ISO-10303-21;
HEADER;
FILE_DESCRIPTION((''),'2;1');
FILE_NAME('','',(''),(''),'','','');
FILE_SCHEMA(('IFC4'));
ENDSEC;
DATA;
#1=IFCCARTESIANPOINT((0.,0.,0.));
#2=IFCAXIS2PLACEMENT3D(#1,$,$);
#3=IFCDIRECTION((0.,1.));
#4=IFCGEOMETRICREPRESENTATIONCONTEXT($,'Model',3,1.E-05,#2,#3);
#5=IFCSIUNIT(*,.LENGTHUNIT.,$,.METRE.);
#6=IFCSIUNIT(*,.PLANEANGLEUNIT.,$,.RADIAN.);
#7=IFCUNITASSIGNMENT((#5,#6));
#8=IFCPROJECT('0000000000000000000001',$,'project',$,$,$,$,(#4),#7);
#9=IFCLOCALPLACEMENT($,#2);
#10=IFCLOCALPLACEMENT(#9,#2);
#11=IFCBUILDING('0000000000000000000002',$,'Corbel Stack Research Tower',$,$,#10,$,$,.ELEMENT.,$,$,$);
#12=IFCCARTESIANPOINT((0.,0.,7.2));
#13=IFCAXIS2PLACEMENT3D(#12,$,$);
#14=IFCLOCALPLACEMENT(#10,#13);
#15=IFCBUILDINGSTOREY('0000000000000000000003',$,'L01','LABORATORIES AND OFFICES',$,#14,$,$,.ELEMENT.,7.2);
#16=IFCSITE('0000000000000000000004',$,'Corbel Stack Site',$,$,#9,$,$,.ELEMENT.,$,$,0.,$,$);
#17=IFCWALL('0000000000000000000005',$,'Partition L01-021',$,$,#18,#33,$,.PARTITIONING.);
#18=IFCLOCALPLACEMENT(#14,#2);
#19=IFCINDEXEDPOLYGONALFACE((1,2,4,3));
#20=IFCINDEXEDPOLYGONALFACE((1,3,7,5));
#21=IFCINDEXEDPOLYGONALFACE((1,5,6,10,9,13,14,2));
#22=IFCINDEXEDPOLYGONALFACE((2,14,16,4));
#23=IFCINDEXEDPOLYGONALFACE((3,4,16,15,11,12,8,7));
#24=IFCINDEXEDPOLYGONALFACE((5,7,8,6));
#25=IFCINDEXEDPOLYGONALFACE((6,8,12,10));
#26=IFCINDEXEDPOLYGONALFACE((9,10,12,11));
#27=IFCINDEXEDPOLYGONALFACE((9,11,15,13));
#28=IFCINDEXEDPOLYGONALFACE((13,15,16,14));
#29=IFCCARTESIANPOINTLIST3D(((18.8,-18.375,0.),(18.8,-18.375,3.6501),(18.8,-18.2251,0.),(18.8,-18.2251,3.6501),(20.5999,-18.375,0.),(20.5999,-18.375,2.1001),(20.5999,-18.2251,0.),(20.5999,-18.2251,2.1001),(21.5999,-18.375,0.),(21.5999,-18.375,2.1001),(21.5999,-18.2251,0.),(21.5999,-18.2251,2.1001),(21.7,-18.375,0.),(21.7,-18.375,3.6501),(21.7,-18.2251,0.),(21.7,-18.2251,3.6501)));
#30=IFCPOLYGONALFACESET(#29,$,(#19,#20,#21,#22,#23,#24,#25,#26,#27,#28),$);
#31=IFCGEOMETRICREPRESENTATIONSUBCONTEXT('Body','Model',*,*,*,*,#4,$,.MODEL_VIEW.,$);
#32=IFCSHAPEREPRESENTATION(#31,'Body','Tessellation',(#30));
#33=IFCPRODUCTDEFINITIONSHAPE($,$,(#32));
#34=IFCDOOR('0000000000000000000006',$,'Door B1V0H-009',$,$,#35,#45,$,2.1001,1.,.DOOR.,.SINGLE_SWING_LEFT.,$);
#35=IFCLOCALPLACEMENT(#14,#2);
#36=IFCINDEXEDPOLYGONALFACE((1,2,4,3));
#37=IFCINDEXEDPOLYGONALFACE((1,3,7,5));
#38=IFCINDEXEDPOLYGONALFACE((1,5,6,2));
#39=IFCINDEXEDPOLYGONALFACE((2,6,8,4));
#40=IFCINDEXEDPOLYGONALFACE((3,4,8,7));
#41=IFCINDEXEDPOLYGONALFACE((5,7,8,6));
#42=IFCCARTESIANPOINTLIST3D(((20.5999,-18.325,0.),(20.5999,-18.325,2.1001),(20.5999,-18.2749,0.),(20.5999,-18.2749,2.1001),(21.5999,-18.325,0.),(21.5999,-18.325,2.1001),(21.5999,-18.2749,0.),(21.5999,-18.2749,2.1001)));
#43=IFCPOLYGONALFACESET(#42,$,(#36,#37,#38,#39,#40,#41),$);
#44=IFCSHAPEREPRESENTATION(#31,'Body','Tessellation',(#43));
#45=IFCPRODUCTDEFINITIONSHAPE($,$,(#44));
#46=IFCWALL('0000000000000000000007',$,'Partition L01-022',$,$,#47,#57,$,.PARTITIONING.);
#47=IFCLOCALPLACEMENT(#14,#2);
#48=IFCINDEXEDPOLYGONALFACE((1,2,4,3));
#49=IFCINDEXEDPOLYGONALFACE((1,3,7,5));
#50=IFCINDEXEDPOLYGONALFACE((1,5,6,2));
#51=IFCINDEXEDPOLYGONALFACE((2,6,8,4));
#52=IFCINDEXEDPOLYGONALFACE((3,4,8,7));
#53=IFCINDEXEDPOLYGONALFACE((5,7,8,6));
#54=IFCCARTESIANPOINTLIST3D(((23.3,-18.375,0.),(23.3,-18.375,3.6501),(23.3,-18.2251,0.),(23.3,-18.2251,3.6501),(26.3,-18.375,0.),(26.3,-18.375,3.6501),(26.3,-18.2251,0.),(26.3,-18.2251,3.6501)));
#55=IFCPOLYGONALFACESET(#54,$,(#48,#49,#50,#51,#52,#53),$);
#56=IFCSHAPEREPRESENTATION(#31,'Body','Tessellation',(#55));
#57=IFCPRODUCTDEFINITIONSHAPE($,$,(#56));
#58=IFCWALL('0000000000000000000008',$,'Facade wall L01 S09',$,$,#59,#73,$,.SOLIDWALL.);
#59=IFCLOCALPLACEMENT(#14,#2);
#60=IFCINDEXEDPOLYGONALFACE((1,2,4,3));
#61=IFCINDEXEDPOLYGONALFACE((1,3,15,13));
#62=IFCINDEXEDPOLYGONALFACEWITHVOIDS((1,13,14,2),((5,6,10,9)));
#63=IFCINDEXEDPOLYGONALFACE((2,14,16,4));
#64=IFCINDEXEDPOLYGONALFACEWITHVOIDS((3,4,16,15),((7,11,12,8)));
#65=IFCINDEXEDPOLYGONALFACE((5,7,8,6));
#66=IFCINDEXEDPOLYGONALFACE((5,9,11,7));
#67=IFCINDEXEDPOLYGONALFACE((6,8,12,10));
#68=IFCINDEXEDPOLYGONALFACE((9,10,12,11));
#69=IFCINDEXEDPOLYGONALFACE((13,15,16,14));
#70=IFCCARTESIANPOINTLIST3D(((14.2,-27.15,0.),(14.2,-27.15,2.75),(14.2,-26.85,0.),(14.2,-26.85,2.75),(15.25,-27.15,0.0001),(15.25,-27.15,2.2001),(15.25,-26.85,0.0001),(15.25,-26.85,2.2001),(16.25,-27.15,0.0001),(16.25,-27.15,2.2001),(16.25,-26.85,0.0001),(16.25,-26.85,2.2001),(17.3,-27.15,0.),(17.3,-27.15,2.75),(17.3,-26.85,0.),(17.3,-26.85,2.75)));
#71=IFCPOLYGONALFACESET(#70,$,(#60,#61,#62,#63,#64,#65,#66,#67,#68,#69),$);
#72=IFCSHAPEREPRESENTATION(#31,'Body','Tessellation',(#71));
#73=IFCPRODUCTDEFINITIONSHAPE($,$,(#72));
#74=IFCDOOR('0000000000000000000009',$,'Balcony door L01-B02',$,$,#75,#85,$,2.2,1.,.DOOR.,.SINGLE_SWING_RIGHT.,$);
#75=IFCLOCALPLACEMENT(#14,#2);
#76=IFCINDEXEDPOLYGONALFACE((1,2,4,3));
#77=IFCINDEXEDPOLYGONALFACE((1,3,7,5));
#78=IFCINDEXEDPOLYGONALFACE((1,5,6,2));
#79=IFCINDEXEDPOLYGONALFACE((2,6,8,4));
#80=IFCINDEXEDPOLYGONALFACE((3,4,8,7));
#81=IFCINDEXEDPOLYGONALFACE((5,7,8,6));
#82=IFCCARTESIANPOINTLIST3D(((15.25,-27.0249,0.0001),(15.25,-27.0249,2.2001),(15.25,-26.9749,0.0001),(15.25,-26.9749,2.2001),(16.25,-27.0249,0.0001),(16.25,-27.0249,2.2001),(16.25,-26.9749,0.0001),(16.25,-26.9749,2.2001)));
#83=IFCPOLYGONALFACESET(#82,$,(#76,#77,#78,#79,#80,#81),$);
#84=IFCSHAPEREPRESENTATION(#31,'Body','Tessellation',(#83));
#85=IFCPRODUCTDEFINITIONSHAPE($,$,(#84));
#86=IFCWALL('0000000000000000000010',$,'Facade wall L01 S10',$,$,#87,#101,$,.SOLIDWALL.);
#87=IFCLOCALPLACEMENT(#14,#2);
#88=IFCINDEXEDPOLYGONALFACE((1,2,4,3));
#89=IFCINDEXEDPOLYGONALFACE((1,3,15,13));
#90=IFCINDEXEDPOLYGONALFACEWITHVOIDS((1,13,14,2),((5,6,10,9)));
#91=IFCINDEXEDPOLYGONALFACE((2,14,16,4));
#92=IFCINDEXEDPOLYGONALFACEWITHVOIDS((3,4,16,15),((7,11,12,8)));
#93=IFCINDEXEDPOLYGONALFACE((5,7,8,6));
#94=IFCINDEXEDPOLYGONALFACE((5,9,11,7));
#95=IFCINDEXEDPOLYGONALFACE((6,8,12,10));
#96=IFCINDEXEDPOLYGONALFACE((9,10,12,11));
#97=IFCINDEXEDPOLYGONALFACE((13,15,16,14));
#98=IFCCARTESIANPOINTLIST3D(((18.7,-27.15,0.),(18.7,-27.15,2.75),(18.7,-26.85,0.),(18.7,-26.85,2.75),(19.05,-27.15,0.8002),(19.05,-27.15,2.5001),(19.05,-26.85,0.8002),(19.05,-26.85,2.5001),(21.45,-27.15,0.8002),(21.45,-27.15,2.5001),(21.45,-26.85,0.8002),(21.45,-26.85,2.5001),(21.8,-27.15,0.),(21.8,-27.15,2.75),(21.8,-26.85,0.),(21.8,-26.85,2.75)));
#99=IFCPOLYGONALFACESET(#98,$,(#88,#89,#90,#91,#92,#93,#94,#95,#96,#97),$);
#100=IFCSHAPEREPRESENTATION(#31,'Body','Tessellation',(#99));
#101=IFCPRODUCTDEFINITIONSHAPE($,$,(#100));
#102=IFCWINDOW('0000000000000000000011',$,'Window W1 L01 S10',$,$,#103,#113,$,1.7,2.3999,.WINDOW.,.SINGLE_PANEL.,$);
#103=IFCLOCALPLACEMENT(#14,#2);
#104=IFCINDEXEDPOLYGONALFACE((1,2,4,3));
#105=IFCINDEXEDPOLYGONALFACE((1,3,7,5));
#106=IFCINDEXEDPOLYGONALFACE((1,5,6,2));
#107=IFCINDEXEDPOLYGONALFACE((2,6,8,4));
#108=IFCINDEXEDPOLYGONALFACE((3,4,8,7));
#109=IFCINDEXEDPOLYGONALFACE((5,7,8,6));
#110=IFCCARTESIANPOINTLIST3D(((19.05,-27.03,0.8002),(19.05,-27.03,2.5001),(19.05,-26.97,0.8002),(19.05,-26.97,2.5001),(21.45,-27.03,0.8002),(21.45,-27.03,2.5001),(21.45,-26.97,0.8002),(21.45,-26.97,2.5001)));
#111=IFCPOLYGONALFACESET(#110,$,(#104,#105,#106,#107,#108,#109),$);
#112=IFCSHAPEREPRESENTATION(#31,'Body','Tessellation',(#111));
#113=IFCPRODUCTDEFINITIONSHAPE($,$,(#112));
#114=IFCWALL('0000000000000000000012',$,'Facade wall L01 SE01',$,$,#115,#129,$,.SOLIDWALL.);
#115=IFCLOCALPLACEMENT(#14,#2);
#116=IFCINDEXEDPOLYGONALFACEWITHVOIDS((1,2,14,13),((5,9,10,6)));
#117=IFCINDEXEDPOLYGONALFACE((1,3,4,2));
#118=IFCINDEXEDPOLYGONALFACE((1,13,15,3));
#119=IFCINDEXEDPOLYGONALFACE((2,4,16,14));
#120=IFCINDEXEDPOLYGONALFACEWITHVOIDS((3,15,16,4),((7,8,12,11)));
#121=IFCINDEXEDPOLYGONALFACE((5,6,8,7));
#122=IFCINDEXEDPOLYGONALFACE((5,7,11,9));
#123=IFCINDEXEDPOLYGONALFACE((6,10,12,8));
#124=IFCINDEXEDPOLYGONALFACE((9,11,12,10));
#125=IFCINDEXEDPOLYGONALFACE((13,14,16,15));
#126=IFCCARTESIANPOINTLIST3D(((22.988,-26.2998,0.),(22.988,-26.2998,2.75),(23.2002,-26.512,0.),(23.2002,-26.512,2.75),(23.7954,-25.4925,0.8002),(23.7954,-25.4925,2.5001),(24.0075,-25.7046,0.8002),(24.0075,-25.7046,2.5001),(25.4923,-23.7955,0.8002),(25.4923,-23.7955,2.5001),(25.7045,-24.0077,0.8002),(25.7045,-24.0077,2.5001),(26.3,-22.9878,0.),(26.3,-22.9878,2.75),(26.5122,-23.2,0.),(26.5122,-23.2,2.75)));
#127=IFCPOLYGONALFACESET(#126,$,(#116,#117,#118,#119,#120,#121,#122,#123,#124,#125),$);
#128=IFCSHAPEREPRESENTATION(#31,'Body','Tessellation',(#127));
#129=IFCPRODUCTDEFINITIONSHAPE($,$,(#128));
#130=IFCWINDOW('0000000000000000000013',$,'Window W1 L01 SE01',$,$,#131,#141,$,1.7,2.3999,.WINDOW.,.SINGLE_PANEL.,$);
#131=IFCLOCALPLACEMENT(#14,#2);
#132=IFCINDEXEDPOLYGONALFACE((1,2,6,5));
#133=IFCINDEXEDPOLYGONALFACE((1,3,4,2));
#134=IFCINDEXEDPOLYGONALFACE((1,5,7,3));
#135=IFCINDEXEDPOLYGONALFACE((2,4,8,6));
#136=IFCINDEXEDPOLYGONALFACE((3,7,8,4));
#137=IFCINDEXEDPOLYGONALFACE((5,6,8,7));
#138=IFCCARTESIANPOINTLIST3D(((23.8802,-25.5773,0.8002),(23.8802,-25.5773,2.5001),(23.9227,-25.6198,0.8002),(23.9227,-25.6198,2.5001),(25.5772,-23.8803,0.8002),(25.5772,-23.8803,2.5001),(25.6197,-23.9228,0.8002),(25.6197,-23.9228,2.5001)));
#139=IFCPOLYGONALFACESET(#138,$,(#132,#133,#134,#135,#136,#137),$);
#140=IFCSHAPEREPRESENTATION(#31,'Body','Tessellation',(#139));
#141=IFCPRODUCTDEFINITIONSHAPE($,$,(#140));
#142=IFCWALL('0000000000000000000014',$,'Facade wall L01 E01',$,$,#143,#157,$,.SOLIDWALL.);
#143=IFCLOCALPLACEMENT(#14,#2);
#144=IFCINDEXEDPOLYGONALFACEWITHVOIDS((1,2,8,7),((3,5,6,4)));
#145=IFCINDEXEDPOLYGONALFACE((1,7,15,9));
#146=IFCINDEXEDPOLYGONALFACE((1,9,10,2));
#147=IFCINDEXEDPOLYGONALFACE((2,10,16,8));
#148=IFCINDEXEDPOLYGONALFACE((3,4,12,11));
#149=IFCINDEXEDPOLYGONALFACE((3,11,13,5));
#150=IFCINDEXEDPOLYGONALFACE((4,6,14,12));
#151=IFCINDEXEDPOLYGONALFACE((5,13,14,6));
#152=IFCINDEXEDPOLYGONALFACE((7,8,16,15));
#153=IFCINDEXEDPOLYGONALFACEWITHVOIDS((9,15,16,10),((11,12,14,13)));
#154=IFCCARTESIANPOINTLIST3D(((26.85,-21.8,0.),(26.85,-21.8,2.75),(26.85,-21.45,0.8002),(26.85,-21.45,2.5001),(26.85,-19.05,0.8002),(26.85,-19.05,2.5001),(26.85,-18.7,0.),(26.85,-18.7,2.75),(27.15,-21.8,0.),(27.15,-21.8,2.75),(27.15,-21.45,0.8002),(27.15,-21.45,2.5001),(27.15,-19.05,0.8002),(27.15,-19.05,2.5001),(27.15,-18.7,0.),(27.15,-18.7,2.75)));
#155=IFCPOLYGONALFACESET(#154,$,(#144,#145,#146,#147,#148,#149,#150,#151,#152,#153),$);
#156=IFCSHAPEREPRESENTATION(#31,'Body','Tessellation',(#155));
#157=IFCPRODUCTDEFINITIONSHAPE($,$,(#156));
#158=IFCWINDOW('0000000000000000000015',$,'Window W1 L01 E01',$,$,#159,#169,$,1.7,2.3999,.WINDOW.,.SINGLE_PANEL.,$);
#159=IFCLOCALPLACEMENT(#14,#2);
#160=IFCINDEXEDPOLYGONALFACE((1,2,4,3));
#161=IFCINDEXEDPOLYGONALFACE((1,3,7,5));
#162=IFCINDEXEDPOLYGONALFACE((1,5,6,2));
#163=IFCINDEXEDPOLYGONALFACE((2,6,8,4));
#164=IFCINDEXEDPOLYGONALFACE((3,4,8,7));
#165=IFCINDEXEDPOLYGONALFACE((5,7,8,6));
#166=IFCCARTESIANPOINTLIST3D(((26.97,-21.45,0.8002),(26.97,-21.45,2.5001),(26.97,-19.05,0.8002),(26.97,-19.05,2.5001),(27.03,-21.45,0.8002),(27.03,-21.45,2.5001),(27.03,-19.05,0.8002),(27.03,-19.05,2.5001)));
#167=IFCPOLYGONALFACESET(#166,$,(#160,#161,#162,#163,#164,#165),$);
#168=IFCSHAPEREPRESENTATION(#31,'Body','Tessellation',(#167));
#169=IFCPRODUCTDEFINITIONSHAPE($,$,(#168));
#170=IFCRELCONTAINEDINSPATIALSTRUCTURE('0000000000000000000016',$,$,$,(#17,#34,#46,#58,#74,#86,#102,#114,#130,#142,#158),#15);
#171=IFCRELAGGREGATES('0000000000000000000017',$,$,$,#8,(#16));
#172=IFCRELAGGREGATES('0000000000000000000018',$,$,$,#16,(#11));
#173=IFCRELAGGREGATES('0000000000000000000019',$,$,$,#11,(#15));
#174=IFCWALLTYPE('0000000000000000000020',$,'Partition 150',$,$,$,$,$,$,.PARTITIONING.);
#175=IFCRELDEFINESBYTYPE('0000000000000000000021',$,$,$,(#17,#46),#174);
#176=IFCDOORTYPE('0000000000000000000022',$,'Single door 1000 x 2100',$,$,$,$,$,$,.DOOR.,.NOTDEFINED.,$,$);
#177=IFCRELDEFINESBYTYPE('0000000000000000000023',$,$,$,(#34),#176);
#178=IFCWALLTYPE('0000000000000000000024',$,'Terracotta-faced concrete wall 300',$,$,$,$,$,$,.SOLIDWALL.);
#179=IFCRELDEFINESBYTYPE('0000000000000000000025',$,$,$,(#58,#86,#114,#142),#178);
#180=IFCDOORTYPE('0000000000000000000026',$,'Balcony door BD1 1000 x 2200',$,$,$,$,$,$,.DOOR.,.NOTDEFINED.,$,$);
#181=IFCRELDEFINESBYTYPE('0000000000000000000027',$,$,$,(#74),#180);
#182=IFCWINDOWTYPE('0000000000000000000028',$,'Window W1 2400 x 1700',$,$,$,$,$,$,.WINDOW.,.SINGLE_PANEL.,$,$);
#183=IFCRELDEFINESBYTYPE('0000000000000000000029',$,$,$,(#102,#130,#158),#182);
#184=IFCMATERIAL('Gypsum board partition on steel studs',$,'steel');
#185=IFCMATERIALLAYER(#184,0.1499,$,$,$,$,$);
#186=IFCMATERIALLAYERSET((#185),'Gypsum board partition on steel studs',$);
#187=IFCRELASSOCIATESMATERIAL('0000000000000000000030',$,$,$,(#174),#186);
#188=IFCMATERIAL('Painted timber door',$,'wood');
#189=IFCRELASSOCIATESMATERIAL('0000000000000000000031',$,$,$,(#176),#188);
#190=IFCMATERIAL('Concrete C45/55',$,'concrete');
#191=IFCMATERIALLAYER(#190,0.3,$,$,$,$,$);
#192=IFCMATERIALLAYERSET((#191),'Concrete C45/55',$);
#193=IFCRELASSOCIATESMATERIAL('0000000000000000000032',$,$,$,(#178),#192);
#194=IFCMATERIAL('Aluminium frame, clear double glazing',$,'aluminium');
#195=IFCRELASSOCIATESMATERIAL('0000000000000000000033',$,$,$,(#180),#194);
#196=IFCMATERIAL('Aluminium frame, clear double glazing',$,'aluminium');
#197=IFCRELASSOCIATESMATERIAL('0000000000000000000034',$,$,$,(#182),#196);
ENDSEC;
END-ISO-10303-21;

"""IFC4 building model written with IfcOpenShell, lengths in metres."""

from ifc_helpers import new_model, si_unit, direction, frame, frame_2d, origin, place, context, subcontext, project, spatial, rectangle, extrude, material, layer, layer_set, type_object, element, fill, save


model = new_model("IFC4")

# Units and contexts
model_context = context("Model", 3, precision=1e-05, world=origin(), true_north=direction((0.0, 1.0)))
body_context = subcontext(model_context, "Body", "Model", "MODEL_VIEW")
ifc_project = project(units=[si_unit("LENGTHUNIT", "METRE"), si_unit("PLANEANGLEUNIT", "RADIAN")], contexts=[model_context])

# Site, building, storey
site_placement = place(None, origin())
site = spatial("IfcSite", under=ifc_project, at=site_placement, Name="Corbel Stack Site", CompositionType="ELEMENT", RefElevation=0.0)
building_placement = place(site_placement, origin())
building = spatial("IfcBuilding", under=site, at=building_placement, Name="Corbel Stack Research Tower", CompositionType="ELEMENT")
storey_placement = place(building_placement, frame((0.0, 0.0, 7.2)))
storey = spatial("IfcBuildingStorey", under=building, at=storey_placement, Name="L01", Description="LABORATORIES AND OFFICES", CompositionType="ELEMENT", Elevation=7.2)

# Wall, opening, door
ifc_material_1 = material(Name="Gypsum board partition on steel studs", Category="steel")
ifc_layer_1 = layer(ifc_material_1, 0.1499)
ifc_layer_set_1 = layer_set([ifc_layer_1], Name="Gypsum board partition on steel studs")
wall_type_1 = type_object("IfcWallType", Name="Partition 150", PredefinedType="PARTITIONING", material=ifc_layer_set_1)
ifc_material_2 = material(Name="Painted timber door", Category="wood")
door_type_1 = type_object("IfcDoorType", Name="Single door 1000 x 2100", OperationType="NOTDEFINED", PredefinedType="DOOR", material=ifc_material_2)
wall_1_placement = place(storey_placement, frame((21.7, -18.3, 0.0), z_axis=(0.0, 0.0, 1.0), x_axis=(-1.0, 0.0, 0.0)))
wall_1 = element("IfcWall", 1, at=wall_1_placement, inside=storey, type_object=wall_type_1, Name="Partition L01-021", PredefinedType="PARTITIONING", context=body_context, shape_type="SweptSolid", body=[
    extrude(rectangle(XDim=2.8999, YDim=0.1499, at=frame_2d((1.45, 0.0))), origin(), (0.0, 0.0, 1.0), 3.6501),
])
opening_1_placement = place(wall_1_placement, frame((0.1001, 0.0, 0.0)))
opening_1 = element("IfcOpeningElement", 2, at=opening_1_placement, cuts=wall_1, PredefinedType="OPENING", context=body_context, shape_type="SweptSolid", body=[
    extrude(rectangle(XDim=1.0, YDim=2.1001, at=frame_2d((0.5, 1.05))), frame((0.0, 0.085, 0.0), z_axis=(0.0, -1.0, 0.0), x_axis=(1.0, 0.0, 0.0)), (0.0, 0.0, 1.0), 0.1699),
])
door_1_placement = place(opening_1_placement, origin())
door_1 = element("IfcDoor", 3, at=door_1_placement, inside=storey, type_object=door_type_1, Name="Door B1V0H-009", OperationType="SINGLE_SWING_LEFT", OverallHeight=2.1001, OverallWidth=1.0, PredefinedType="DOOR", context=body_context, shape_type="SweptSolid", body=[
    extrude(rectangle(XDim=1.0, YDim=2.1001, at=frame_2d((0.5, 1.05))), frame((0.0, 0.0249, 0.0), z_axis=(0.0, -1.0, 0.0), x_axis=(1.0, 0.0, 0.0)), (0.0, 0.0, 1.0), 0.05),
])
fill(opening_1, door_1)

# Wall
wall_2_placement = place(storey_placement, frame((23.3, -18.3, 0.0), z_axis=(0.0, 0.0, 1.0), x_axis=(1.0, 0.0, 0.0)))
element("IfcWall", 4, at=wall_2_placement, inside=storey, type_object=wall_type_1, Name="Partition L01-022", PredefinedType="PARTITIONING", context=body_context, shape_type="SweptSolid", body=[
    extrude(rectangle(XDim=3.0, YDim=0.1499, at=frame_2d((1.5, 0.0))), origin(), (0.0, 0.0, 1.0), 3.6501),
])

# Wall, opening, door
ifc_material_3 = material(Name="Concrete C45/55", Category="concrete")
ifc_layer_2 = layer(ifc_material_3, 0.3)
ifc_layer_set_2 = layer_set([ifc_layer_2], Name="Concrete C45/55")
wall_type_2 = type_object("IfcWallType", Name="Terracotta-faced concrete wall 300", PredefinedType="SOLIDWALL", material=ifc_layer_set_2)
wall_3_placement = place(storey_placement, frame((17.3, -27.0, 0.0), z_axis=(0.0, 0.0, 1.0), x_axis=(-1.0, 0.0, 0.0)))
wall_3 = element("IfcWall", 5, at=wall_3_placement, inside=storey, type_object=wall_type_2, Name="Facade wall L01 S09", PredefinedType="SOLIDWALL", context=body_context, shape_type="SweptSolid", body=[
    extrude(rectangle(XDim=3.1001, YDim=0.3, at=frame_2d((1.55, 0.0))), origin(), (0.0, 0.0, 1.0), 2.75),
])
opening_2_placement = place(wall_3_placement, frame((1.05, 0.0, 0.0)))
opening_2 = element("IfcOpeningElement", 6, at=opening_2_placement, cuts=wall_3, PredefinedType="OPENING", context=body_context, shape_type="SweptSolid", body=[
    extrude(rectangle(XDim=1.0, YDim=2.2, at=frame_2d((0.5, 1.1001))), frame((0.0, 0.1599, 0.0), z_axis=(0.0, -1.0, 0.0), x_axis=(1.0, 0.0, 0.0)), (0.0, 0.0, 1.0), 0.3201),
])
ifc_material_4 = material(Name="Aluminium frame, clear double glazing", Category="aluminium")
door_type_2 = type_object("IfcDoorType", Name="Balcony door BD1 1000 x 2200", OperationType="NOTDEFINED", PredefinedType="DOOR", material=ifc_material_4)
door_2_placement = place(opening_2_placement, origin())
door_2 = element("IfcDoor", 7, at=door_2_placement, inside=storey, type_object=door_type_2, Name="Balcony door L01-B02", OperationType="SINGLE_SWING_RIGHT", OverallHeight=2.2, OverallWidth=1.0, PredefinedType="DOOR", context=body_context, shape_type="SweptSolid", body=[
    extrude(rectangle(XDim=1.0, YDim=2.2, at=frame_2d((0.5, 1.1001))), frame((0.0, 0.0249, 0.0), z_axis=(0.0, -1.0, 0.0), x_axis=(1.0, 0.0, 0.0)), (0.0, 0.0, 1.0), 0.05),
])
fill(opening_2, door_2)

# Walls, openings, windows
wall_4_placement = place(storey_placement, frame((21.8, -27.0, 0.0), z_axis=(0.0, 0.0, 1.0), x_axis=(-1.0, 0.0, 0.0)))
wall_4 = element("IfcWall", 8, at=wall_4_placement, inside=storey, type_object=wall_type_2, Name="Facade wall L01 S10", PredefinedType="SOLIDWALL", context=body_context, shape_type="SweptSolid", body=[
    extrude(rectangle(XDim=3.1001, YDim=0.3, at=frame_2d((1.55, 0.0))), origin(), (0.0, 0.0, 1.0), 2.75),
])
opening_3_placement = place(wall_4_placement, frame((0.3501, 0.0, 0.8)))
opening_3 = element("IfcOpeningElement", 9, at=opening_3_placement, cuts=wall_4, PredefinedType="OPENING", context=body_context, shape_type="SweptSolid", body=[
    extrude(rectangle(XDim=2.3999, YDim=1.7, at=frame_2d((1.2, 0.8501))), frame((0.0, 0.1599, 0.0), z_axis=(0.0, -1.0, 0.0), x_axis=(1.0, 0.0, 0.0)), (0.0, 0.0, 1.0), 0.3201),
])
ifc_material_5 = material(Name="Aluminium frame, clear double glazing", Category="aluminium")
window_type = type_object("IfcWindowType", Name="Window W1 2400 x 1700", PartitioningType="SINGLE_PANEL", PredefinedType="WINDOW", material=ifc_material_5)
window_1_placement = place(opening_3_placement, origin())
window_1 = element("IfcWindow", 10, at=window_1_placement, inside=storey, type_object=window_type, Name="Window W1 L01 S10", OverallHeight=1.7, OverallWidth=2.3999, PartitioningType="SINGLE_PANEL", PredefinedType="WINDOW", context=body_context, shape_type="SweptSolid", body=[
    extrude(rectangle(XDim=2.3999, YDim=1.7, at=frame_2d((1.2, 0.8501))), frame((0.0, 0.03, 0.0), z_axis=(0.0, -1.0, 0.0), x_axis=(1.0, 0.0, 0.0)), (0.0, 0.0, 1.0), 0.0601),
])
fill(opening_3, window_1)
wall_5_placement = place(storey_placement, frame((26.406, -23.094, 0.0), z_axis=(0.0, 0.0, 1.0), x_axis=(-0.707107, -0.707107, 0.0)))
wall_5 = element("IfcWall", 11, at=wall_5_placement, inside=storey, type_object=wall_type_2, Name="Facade wall L01 SE01", PredefinedType="SOLIDWALL", context=body_context, shape_type="SweptSolid", body=[
    extrude(rectangle(XDim=4.6838, YDim=0.3, at=frame_2d((2.3418, 0.0))), origin(), (0.0, 0.0, 1.0), 2.75),
])
opening_4_placement = place(wall_5_placement, frame((1.1421, 0.0, 0.8)))
opening_4 = element("IfcOpeningElement", 12, at=opening_4_placement, cuts=wall_5, PredefinedType="OPENING", context=body_context, shape_type="SweptSolid", body=[
    extrude(rectangle(XDim=2.3999, YDim=1.7, at=frame_2d((1.2, 0.8501))), frame((0.0, 0.1599, 0.0), z_axis=(0.0, -1.0, 0.0), x_axis=(1.0, 0.0, 0.0)), (0.0, 0.0, 1.0), 0.3201),
])
window_2_placement = place(opening_4_placement, origin())
window_2 = element("IfcWindow", 13, at=window_2_placement, inside=storey, type_object=window_type, Name="Window W1 L01 SE01", OverallHeight=1.7, OverallWidth=2.3999, PartitioningType="SINGLE_PANEL", PredefinedType="WINDOW", context=body_context, shape_type="SweptSolid", body=[
    extrude(rectangle(XDim=2.3999, YDim=1.7, at=frame_2d((1.2, 0.8501))), frame((0.0, 0.03, 0.0), z_axis=(0.0, -1.0, 0.0), x_axis=(1.0, 0.0, 0.0)), (0.0, 0.0, 1.0), 0.0601),
])
fill(opening_4, window_2)
wall_6_placement = place(storey_placement, frame((27.0, -18.7, 0.0), z_axis=(0.0, 0.0, 1.0), x_axis=(0.0, -1.0, 0.0)))
wall_6 = element("IfcWall", 14, at=wall_6_placement, inside=storey, type_object=wall_type_2, Name="Facade wall L01 E01", PredefinedType="SOLIDWALL", context=body_context, shape_type="SweptSolid", body=[
    extrude(rectangle(XDim=3.1001, YDim=0.3, at=frame_2d((1.55, 0.0))), origin(), (0.0, 0.0, 1.0), 2.75),
])
opening_5_placement = place(wall_6_placement, frame((0.3501, 0.0, 0.8)))
opening_5 = element("IfcOpeningElement", 15, at=opening_5_placement, cuts=wall_6, PredefinedType="OPENING", context=body_context, shape_type="SweptSolid", body=[
    extrude(rectangle(XDim=2.3999, YDim=1.7, at=frame_2d((1.2, 0.8501))), frame((0.0, 0.1599, 0.0), z_axis=(0.0, -1.0, 0.0), x_axis=(1.0, 0.0, 0.0)), (0.0, 0.0, 1.0), 0.3201),
])
window_3_placement = place(opening_5_placement, origin())
window_3 = element("IfcWindow", 16, at=window_3_placement, inside=storey, type_object=window_type, Name="Window W1 L01 E01", OverallHeight=1.7, OverallWidth=2.3999, PartitioningType="SINGLE_PANEL", PredefinedType="WINDOW", context=body_context, shape_type="SweptSolid", body=[
    extrude(rectangle(XDim=2.3999, YDim=1.7, at=frame_2d((1.2, 0.8501))), frame((0.0, 0.03, 0.0), z_axis=(0.0, -1.0, 0.0), x_axis=(1.0, 0.0, 0.0)), (0.0, 0.0, 1.0), 0.0601),
])
fill(opening_5, window_3)

save(model, "model.ifc")
